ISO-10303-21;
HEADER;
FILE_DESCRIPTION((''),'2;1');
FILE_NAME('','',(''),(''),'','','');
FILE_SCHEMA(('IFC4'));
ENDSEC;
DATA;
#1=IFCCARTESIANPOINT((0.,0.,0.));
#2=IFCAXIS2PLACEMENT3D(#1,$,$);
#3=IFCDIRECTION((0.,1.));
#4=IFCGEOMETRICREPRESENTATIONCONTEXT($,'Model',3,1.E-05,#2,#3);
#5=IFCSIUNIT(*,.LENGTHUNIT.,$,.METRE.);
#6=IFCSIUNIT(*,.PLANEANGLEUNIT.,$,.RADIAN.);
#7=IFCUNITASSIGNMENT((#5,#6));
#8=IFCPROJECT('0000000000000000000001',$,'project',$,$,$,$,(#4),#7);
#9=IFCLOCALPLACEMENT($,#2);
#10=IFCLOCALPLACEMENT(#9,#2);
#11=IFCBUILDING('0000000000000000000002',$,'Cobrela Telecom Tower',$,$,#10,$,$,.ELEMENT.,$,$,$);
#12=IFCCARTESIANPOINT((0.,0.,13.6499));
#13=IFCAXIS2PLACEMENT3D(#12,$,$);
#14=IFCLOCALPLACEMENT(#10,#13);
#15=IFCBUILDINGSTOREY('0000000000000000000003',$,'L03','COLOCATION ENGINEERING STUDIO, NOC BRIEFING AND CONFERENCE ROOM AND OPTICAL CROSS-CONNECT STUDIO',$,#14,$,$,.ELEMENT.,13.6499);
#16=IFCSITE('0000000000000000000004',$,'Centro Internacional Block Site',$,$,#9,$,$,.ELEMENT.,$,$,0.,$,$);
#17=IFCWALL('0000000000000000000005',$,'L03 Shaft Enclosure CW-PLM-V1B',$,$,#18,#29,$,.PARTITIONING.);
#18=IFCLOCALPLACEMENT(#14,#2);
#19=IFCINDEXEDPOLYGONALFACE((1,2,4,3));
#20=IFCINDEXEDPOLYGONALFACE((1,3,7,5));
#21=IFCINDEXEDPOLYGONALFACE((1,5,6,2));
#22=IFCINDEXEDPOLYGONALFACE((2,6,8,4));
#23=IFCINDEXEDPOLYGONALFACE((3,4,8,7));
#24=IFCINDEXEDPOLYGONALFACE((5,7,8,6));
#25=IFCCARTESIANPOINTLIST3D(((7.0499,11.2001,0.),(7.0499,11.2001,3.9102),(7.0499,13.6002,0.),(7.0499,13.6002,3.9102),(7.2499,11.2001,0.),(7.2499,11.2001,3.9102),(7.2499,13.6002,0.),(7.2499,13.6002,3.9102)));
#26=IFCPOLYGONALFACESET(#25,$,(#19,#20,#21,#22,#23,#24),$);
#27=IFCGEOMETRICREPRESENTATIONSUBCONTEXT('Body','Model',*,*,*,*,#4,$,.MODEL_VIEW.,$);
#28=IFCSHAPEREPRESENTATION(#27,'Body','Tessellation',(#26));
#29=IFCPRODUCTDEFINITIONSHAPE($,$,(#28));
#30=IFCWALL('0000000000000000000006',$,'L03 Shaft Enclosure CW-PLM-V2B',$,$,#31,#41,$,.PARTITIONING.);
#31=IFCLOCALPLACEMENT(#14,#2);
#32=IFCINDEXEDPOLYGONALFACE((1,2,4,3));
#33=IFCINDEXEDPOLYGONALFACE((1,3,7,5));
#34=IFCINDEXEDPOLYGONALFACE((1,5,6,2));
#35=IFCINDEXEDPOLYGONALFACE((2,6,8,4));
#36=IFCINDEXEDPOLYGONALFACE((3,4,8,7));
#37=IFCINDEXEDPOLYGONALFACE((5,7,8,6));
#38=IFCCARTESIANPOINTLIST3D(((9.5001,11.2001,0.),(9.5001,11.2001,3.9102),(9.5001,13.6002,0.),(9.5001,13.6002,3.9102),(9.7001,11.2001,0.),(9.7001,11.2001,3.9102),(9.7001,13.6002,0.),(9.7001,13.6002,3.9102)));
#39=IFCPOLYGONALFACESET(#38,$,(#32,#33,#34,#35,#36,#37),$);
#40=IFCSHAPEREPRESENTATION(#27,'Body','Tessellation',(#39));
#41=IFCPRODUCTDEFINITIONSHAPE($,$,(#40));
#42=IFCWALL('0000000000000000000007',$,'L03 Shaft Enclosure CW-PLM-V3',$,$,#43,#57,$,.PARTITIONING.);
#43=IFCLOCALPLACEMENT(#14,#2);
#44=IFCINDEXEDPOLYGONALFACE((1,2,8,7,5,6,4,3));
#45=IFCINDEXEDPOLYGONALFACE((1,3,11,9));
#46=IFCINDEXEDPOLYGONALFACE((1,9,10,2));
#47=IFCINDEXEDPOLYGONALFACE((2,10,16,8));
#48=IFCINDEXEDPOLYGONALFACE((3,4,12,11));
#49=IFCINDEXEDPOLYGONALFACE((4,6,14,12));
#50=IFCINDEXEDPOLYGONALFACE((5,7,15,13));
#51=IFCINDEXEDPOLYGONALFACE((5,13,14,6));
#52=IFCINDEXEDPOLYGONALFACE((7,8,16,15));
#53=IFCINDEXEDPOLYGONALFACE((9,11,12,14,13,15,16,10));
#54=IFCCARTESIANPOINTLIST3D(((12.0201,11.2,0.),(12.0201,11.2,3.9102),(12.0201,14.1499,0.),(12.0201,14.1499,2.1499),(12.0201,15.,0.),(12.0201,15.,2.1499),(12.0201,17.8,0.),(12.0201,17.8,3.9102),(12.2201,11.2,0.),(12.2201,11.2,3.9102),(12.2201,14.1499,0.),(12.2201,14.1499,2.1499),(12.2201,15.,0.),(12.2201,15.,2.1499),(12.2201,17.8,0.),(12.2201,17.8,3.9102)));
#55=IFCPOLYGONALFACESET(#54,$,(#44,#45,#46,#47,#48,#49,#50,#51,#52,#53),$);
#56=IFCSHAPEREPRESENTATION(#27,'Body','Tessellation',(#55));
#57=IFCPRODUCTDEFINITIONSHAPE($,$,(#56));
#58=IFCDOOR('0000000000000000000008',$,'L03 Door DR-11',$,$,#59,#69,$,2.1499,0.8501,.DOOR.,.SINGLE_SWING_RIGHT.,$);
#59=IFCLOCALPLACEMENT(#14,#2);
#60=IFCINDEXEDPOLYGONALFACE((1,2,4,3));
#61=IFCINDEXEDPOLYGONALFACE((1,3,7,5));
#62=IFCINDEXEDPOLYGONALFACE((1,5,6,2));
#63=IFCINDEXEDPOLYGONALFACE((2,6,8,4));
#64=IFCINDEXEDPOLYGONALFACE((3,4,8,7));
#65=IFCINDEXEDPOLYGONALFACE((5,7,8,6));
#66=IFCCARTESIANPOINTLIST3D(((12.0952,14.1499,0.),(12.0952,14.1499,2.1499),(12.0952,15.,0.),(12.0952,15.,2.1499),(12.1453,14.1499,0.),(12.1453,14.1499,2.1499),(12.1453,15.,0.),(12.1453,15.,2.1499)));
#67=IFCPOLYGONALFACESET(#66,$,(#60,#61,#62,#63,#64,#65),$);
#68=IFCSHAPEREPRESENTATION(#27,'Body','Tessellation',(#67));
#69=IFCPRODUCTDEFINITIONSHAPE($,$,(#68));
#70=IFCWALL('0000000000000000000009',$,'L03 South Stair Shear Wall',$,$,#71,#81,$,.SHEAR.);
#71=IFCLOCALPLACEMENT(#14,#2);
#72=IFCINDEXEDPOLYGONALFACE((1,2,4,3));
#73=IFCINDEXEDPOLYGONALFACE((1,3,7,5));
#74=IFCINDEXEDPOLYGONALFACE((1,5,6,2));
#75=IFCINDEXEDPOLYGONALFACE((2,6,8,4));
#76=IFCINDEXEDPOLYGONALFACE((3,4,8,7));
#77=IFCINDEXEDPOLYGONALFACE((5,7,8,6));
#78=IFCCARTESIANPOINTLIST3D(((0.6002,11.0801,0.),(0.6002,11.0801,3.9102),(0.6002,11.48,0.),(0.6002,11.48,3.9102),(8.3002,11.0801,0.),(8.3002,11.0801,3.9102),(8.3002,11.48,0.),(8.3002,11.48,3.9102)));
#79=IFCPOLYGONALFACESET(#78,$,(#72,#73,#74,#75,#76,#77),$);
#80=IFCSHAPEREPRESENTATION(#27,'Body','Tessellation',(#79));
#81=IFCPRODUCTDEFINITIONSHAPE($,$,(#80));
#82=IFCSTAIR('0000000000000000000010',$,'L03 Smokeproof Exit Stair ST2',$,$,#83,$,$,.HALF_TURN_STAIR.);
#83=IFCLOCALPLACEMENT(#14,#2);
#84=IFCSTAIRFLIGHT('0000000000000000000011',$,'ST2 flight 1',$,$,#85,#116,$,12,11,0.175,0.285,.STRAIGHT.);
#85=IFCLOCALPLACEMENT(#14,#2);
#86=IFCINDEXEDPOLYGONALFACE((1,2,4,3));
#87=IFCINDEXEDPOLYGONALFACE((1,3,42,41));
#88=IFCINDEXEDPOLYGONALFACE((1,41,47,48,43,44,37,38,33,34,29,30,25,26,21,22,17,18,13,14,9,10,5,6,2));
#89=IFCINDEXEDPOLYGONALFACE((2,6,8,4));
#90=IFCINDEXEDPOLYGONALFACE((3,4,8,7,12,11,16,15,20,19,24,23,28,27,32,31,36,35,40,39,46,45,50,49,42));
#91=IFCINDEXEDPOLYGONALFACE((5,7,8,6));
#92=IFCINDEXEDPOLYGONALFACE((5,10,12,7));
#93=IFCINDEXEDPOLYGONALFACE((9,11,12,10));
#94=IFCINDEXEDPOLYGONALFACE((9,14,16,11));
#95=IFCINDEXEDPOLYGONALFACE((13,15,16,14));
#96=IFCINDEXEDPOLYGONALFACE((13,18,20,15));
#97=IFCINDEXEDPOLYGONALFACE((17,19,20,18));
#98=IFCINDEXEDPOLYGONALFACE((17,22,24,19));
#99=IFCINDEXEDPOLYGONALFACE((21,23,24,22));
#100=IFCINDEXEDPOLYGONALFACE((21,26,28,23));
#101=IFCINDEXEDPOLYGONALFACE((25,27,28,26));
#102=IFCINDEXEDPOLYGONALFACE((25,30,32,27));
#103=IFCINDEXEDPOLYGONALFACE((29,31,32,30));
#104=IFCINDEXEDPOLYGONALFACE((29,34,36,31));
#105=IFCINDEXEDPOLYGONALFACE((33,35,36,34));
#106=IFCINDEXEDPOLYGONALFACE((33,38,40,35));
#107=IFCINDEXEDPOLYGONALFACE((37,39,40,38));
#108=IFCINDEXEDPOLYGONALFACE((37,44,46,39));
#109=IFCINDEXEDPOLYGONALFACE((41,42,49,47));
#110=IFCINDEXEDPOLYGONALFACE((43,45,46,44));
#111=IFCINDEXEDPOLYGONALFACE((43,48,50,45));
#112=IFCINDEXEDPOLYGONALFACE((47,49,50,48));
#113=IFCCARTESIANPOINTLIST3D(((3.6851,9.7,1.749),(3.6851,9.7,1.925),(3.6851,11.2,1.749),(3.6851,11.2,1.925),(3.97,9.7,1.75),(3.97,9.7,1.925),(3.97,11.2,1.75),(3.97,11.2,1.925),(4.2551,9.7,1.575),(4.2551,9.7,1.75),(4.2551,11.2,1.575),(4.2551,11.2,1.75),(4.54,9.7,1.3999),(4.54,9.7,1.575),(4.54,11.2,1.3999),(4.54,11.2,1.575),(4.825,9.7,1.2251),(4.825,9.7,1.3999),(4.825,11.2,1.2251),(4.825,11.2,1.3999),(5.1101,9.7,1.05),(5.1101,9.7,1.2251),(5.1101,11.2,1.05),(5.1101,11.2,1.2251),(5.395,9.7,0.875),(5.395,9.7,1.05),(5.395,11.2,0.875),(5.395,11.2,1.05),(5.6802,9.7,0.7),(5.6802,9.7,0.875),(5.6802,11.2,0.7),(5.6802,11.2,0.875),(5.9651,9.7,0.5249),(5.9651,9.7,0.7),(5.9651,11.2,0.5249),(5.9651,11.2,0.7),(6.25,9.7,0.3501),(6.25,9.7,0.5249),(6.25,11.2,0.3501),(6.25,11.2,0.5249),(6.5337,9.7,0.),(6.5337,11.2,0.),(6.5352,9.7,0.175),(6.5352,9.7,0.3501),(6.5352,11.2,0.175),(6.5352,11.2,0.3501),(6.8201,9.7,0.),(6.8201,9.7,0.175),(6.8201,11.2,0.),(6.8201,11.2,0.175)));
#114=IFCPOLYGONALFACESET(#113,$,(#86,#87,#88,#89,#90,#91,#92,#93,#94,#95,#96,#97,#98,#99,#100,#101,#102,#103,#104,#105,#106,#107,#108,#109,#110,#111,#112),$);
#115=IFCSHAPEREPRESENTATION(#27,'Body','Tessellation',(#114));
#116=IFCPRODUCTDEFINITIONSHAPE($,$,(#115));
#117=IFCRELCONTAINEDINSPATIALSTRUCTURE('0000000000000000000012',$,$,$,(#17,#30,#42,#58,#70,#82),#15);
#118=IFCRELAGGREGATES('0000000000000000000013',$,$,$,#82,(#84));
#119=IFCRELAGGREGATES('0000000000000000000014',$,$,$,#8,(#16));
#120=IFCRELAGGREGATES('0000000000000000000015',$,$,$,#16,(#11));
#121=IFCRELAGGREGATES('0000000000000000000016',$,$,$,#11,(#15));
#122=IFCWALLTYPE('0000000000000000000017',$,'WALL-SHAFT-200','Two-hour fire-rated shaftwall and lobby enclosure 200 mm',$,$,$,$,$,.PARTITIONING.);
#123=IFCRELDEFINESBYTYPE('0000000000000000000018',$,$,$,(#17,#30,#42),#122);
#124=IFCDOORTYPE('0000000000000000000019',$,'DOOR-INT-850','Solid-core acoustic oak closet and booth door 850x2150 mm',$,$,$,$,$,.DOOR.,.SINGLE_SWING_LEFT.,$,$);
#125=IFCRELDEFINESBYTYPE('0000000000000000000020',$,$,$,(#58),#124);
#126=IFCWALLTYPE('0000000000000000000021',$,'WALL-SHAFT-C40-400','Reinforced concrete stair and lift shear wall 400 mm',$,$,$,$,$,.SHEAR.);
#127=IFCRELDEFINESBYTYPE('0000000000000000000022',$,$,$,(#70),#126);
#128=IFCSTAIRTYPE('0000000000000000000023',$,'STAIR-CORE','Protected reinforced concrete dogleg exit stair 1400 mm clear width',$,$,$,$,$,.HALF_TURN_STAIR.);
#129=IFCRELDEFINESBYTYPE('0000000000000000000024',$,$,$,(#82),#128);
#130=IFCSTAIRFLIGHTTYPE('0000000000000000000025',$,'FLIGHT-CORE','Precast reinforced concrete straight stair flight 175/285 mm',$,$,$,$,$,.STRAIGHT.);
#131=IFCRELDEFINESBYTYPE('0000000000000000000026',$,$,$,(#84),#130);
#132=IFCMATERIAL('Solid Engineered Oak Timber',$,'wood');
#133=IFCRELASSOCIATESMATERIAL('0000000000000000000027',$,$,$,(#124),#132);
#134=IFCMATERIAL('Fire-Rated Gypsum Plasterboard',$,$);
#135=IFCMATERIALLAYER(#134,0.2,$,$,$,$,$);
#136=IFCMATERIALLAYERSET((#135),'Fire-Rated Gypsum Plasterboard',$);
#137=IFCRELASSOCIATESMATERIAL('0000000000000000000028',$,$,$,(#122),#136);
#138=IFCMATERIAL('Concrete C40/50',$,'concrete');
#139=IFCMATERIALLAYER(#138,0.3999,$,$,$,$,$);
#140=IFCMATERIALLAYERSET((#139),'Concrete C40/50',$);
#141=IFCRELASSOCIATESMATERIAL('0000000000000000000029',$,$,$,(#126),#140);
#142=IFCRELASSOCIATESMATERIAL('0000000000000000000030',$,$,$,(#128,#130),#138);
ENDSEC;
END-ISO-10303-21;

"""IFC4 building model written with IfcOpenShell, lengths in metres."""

from ifc_helpers import new_model, si_unit, direction, frame, frame_2d, origin, place, context, subcontext, project, spatial, polyline, rectangle, outline, extrude, material, layer, layer_set, type_object, element, fill, aggregate, save


model = new_model("IFC4")

# Units and contexts
model_context = context("Model", 3, precision=1e-05, world=origin(), true_north=direction((0.0, 1.0)))
body_context = subcontext(model_context, "Body", "Model", "MODEL_VIEW")
ifc_project = project(units=[si_unit("LENGTHUNIT", "METRE"), si_unit("PLANEANGLEUNIT", "RADIAN")], contexts=[model_context])

# Site, building, storey
site_placement = place(None, origin())
site = spatial("IfcSite", under=ifc_project, at=site_placement, Name="Centro Internacional Block Site", CompositionType="ELEMENT", RefElevation=0.0)
building_placement = place(site_placement, origin())
building = spatial("IfcBuilding", under=site, at=building_placement, Name="Cobrela Telecom Tower", CompositionType="ELEMENT")
storey_placement = place(building_placement, frame((0.0, 0.0, 13.6499)))
storey = spatial("IfcBuildingStorey", under=building, at=storey_placement, Name="L03", Description="COLOCATION ENGINEERING STUDIO, NOC BRIEFING AND CONFERENCE ROOM AND OPTICAL CROSS-CONNECT STUDIO", CompositionType="ELEMENT", Elevation=13.6499)

# Shared definitions
ifc_material_1 = material(Name="Fire-Rated Gypsum Plasterboard")
ifc_material_2 = material(Name="Solid Engineered Oak Timber", Category="wood")
door_type = type_object("IfcDoorType", Name="DOOR-INT-850", Description="Solid-core acoustic oak closet and booth door 850x2150 mm", OperationType="SINGLE_SWING_LEFT", PredefinedType="DOOR", material=ifc_material_2)

# Walls
ifc_layer_1 = layer(ifc_material_1, 0.2)
ifc_layer_set_1 = layer_set([ifc_layer_1], Name="Fire-Rated Gypsum Plasterboard")
wall_type_1 = type_object("IfcWallType", Name="WALL-SHAFT-200", Description="Two-hour fire-rated shaftwall and lobby enclosure 200 mm", PredefinedType="PARTITIONING", material=ifc_layer_set_1)
for number, where, z_axis, x_axis, name in (
    (1, (7.1499, 11.2, 0.0), (0.0, 0.0, 1.0), (0.0, 1.0, 0.0), "L03 Shaft Enclosure CW-PLM-V1B"),
    (2, (9.6001, 11.2, 0.0), (0.0, 0.0, 1.0), (0.0, 1.0, 0.0), "L03 Shaft Enclosure CW-PLM-V2B"),
):
    element("IfcWall", number, at=place(storey_placement, frame(where, z_axis=z_axis, x_axis=x_axis)), inside=storey, type_object=wall_type_1, Name=name, PredefinedType="PARTITIONING", context=body_context, shape_type="SweptSolid", body=[
        extrude(rectangle(XDim=2.4001, YDim=0.2, at=frame_2d((1.2002, 0.0))), origin(), (0.0, 0.0, 1.0), 3.9102),
    ])

# Wall, opening, door
wall_1_placement = place(storey_placement, frame((12.1201, 11.2, 0.0), z_axis=(0.0, 0.0, 1.0), x_axis=(0.0, 1.0, 0.0)))
wall_1 = element("IfcWall", 3, at=wall_1_placement, inside=storey, type_object=wall_type_1, Name="L03 Shaft Enclosure CW-PLM-V3", PredefinedType="PARTITIONING", context=body_context, shape_type="SweptSolid", body=[
    extrude(rectangle(XDim=6.6001, YDim=0.2, at=frame_2d((3.3, 0.0))), origin(), (0.0, 0.0, 1.0), 3.9102),
])
opening_1_placement = place(wall_1_placement, frame((2.95, 0.0, 0.0)))
opening_1 = element("IfcOpeningElement", 4, at=opening_1_placement, cuts=wall_1, PredefinedType="OPENING", context=body_context, shape_type="SweptSolid", body=[
    extrude(rectangle(XDim=0.8501, YDim=2.1499, at=frame_2d((0.425, 1.075))), frame((0.0, 0.1118, 0.0), z_axis=(0.0, -1.0, 0.0), x_axis=(1.0, 0.0, 0.0)), (0.0, 0.0, 1.0), 0.2239),
])
door_1_placement = place(opening_1_placement, origin())
door_1 = element("IfcDoor", 5, at=door_1_placement, inside=storey, type_object=door_type, Name="L03 Door DR-11", OperationType="SINGLE_SWING_RIGHT", OverallHeight=2.1499, OverallWidth=0.8501, PredefinedType="DOOR", context=body_context, shape_type="SweptSolid", body=[
    extrude(rectangle(XDim=0.8501, YDim=2.1499, at=frame_2d((0.425, 1.075))), frame((0.0, 0.0249, 0.0), z_axis=(0.0, -1.0, 0.0), x_axis=(1.0, 0.0, 0.0)), (0.0, 0.0, 1.0), 0.05),
])
fill(opening_1, door_1)

# Wall
ifc_material_3 = material(Name="Concrete C40/50", Category="concrete")
ifc_layer_2 = layer(ifc_material_3, 0.3999)
ifc_layer_set_2 = layer_set([ifc_layer_2], Name="Concrete C40/50")
wall_type_2 = type_object("IfcWallType", Name="WALL-SHAFT-C40-400", Description="Reinforced concrete stair and lift shear wall 400 mm", PredefinedType="SHEAR", material=ifc_layer_set_2)
wall_2_placement = place(storey_placement, frame((0.6001, 11.28, 0.0), z_axis=(0.0, 0.0, 1.0), x_axis=(1.0, 0.0, 0.0)))
element("IfcWall", 6, at=wall_2_placement, inside=storey, type_object=wall_type_2, Name="L03 South Stair Shear Wall", PredefinedType="SHEAR", context=body_context, shape_type="SweptSolid", body=[
    extrude(rectangle(XDim=7.7, YDim=0.3999, at=frame_2d((3.8501, 0.0))), origin(), (0.0, 0.0, 1.0), 3.9102),
])

# Stair, stair flight
stair_type = type_object("IfcStairType", Name="STAIR-CORE", Description="Protected reinforced concrete dogleg exit stair 1400 mm clear width", PredefinedType="HALF_TURN_STAIR", material=ifc_material_3)
stair_placement = place(storey_placement, origin())
stair = element("IfcStair", 7, at=stair_placement, inside=storey, type_object=stair_type, Name="L03 Smokeproof Exit Stair ST2", PredefinedType="HALF_TURN_STAIR")
stair_flight_type = type_object("IfcStairFlightType", Name="FLIGHT-CORE", Description="Precast reinforced concrete straight stair flight 175/285 mm", PredefinedType="STRAIGHT", material=ifc_material_3)
stair_flight_placement = place(storey_placement, frame((6.8201, 10.45, 0.0), z_axis=(0.0, 0.0, 1.0), x_axis=(-1.0, 0.0, 0.0)))
stair_flight = element("IfcStairFlight", 8, at=stair_flight_placement, type_object=stair_flight_type, Name="ST2 flight 1", NumberOfRisers=12, NumberOfTreads=11, PredefinedType="STRAIGHT", RiserHeight=0.175, TreadLength=0.285, context=body_context, shape_type="SweptSolid", body=[
    extrude(outline(polyline([(0.0, 0.0), (0.0, 0.175), (0.2849, 0.175), (0.2849, 0.3501), (0.5701, 0.3501), (0.5701, 0.5249), (0.855, 0.5249), (0.855, 0.7), (1.1399, 0.7), (1.1399, 0.875), (1.425, 0.875), (1.425, 1.05), (1.71, 1.05), (1.71, 1.2251), (1.9951, 1.2251), (1.9951, 1.3999), (2.28, 1.3999), (2.28, 1.575), (2.5649, 1.575), (2.5649, 1.75), (2.8501, 1.75), (2.8501, 1.925), (3.135, 1.925), (3.135, 2.1001), (3.135, 1.749), (0.2864, 0.0), (0.0, 0.0)])), frame((0.0, 0.75, 0.0), z_axis=(0.0, -1.0, 0.0), x_axis=(1.0, 0.0, 0.0)), (0.0, 0.0, 1.0), 1.5),
])
aggregate(stair, [stair_flight])

save(model, "model.ifc")
